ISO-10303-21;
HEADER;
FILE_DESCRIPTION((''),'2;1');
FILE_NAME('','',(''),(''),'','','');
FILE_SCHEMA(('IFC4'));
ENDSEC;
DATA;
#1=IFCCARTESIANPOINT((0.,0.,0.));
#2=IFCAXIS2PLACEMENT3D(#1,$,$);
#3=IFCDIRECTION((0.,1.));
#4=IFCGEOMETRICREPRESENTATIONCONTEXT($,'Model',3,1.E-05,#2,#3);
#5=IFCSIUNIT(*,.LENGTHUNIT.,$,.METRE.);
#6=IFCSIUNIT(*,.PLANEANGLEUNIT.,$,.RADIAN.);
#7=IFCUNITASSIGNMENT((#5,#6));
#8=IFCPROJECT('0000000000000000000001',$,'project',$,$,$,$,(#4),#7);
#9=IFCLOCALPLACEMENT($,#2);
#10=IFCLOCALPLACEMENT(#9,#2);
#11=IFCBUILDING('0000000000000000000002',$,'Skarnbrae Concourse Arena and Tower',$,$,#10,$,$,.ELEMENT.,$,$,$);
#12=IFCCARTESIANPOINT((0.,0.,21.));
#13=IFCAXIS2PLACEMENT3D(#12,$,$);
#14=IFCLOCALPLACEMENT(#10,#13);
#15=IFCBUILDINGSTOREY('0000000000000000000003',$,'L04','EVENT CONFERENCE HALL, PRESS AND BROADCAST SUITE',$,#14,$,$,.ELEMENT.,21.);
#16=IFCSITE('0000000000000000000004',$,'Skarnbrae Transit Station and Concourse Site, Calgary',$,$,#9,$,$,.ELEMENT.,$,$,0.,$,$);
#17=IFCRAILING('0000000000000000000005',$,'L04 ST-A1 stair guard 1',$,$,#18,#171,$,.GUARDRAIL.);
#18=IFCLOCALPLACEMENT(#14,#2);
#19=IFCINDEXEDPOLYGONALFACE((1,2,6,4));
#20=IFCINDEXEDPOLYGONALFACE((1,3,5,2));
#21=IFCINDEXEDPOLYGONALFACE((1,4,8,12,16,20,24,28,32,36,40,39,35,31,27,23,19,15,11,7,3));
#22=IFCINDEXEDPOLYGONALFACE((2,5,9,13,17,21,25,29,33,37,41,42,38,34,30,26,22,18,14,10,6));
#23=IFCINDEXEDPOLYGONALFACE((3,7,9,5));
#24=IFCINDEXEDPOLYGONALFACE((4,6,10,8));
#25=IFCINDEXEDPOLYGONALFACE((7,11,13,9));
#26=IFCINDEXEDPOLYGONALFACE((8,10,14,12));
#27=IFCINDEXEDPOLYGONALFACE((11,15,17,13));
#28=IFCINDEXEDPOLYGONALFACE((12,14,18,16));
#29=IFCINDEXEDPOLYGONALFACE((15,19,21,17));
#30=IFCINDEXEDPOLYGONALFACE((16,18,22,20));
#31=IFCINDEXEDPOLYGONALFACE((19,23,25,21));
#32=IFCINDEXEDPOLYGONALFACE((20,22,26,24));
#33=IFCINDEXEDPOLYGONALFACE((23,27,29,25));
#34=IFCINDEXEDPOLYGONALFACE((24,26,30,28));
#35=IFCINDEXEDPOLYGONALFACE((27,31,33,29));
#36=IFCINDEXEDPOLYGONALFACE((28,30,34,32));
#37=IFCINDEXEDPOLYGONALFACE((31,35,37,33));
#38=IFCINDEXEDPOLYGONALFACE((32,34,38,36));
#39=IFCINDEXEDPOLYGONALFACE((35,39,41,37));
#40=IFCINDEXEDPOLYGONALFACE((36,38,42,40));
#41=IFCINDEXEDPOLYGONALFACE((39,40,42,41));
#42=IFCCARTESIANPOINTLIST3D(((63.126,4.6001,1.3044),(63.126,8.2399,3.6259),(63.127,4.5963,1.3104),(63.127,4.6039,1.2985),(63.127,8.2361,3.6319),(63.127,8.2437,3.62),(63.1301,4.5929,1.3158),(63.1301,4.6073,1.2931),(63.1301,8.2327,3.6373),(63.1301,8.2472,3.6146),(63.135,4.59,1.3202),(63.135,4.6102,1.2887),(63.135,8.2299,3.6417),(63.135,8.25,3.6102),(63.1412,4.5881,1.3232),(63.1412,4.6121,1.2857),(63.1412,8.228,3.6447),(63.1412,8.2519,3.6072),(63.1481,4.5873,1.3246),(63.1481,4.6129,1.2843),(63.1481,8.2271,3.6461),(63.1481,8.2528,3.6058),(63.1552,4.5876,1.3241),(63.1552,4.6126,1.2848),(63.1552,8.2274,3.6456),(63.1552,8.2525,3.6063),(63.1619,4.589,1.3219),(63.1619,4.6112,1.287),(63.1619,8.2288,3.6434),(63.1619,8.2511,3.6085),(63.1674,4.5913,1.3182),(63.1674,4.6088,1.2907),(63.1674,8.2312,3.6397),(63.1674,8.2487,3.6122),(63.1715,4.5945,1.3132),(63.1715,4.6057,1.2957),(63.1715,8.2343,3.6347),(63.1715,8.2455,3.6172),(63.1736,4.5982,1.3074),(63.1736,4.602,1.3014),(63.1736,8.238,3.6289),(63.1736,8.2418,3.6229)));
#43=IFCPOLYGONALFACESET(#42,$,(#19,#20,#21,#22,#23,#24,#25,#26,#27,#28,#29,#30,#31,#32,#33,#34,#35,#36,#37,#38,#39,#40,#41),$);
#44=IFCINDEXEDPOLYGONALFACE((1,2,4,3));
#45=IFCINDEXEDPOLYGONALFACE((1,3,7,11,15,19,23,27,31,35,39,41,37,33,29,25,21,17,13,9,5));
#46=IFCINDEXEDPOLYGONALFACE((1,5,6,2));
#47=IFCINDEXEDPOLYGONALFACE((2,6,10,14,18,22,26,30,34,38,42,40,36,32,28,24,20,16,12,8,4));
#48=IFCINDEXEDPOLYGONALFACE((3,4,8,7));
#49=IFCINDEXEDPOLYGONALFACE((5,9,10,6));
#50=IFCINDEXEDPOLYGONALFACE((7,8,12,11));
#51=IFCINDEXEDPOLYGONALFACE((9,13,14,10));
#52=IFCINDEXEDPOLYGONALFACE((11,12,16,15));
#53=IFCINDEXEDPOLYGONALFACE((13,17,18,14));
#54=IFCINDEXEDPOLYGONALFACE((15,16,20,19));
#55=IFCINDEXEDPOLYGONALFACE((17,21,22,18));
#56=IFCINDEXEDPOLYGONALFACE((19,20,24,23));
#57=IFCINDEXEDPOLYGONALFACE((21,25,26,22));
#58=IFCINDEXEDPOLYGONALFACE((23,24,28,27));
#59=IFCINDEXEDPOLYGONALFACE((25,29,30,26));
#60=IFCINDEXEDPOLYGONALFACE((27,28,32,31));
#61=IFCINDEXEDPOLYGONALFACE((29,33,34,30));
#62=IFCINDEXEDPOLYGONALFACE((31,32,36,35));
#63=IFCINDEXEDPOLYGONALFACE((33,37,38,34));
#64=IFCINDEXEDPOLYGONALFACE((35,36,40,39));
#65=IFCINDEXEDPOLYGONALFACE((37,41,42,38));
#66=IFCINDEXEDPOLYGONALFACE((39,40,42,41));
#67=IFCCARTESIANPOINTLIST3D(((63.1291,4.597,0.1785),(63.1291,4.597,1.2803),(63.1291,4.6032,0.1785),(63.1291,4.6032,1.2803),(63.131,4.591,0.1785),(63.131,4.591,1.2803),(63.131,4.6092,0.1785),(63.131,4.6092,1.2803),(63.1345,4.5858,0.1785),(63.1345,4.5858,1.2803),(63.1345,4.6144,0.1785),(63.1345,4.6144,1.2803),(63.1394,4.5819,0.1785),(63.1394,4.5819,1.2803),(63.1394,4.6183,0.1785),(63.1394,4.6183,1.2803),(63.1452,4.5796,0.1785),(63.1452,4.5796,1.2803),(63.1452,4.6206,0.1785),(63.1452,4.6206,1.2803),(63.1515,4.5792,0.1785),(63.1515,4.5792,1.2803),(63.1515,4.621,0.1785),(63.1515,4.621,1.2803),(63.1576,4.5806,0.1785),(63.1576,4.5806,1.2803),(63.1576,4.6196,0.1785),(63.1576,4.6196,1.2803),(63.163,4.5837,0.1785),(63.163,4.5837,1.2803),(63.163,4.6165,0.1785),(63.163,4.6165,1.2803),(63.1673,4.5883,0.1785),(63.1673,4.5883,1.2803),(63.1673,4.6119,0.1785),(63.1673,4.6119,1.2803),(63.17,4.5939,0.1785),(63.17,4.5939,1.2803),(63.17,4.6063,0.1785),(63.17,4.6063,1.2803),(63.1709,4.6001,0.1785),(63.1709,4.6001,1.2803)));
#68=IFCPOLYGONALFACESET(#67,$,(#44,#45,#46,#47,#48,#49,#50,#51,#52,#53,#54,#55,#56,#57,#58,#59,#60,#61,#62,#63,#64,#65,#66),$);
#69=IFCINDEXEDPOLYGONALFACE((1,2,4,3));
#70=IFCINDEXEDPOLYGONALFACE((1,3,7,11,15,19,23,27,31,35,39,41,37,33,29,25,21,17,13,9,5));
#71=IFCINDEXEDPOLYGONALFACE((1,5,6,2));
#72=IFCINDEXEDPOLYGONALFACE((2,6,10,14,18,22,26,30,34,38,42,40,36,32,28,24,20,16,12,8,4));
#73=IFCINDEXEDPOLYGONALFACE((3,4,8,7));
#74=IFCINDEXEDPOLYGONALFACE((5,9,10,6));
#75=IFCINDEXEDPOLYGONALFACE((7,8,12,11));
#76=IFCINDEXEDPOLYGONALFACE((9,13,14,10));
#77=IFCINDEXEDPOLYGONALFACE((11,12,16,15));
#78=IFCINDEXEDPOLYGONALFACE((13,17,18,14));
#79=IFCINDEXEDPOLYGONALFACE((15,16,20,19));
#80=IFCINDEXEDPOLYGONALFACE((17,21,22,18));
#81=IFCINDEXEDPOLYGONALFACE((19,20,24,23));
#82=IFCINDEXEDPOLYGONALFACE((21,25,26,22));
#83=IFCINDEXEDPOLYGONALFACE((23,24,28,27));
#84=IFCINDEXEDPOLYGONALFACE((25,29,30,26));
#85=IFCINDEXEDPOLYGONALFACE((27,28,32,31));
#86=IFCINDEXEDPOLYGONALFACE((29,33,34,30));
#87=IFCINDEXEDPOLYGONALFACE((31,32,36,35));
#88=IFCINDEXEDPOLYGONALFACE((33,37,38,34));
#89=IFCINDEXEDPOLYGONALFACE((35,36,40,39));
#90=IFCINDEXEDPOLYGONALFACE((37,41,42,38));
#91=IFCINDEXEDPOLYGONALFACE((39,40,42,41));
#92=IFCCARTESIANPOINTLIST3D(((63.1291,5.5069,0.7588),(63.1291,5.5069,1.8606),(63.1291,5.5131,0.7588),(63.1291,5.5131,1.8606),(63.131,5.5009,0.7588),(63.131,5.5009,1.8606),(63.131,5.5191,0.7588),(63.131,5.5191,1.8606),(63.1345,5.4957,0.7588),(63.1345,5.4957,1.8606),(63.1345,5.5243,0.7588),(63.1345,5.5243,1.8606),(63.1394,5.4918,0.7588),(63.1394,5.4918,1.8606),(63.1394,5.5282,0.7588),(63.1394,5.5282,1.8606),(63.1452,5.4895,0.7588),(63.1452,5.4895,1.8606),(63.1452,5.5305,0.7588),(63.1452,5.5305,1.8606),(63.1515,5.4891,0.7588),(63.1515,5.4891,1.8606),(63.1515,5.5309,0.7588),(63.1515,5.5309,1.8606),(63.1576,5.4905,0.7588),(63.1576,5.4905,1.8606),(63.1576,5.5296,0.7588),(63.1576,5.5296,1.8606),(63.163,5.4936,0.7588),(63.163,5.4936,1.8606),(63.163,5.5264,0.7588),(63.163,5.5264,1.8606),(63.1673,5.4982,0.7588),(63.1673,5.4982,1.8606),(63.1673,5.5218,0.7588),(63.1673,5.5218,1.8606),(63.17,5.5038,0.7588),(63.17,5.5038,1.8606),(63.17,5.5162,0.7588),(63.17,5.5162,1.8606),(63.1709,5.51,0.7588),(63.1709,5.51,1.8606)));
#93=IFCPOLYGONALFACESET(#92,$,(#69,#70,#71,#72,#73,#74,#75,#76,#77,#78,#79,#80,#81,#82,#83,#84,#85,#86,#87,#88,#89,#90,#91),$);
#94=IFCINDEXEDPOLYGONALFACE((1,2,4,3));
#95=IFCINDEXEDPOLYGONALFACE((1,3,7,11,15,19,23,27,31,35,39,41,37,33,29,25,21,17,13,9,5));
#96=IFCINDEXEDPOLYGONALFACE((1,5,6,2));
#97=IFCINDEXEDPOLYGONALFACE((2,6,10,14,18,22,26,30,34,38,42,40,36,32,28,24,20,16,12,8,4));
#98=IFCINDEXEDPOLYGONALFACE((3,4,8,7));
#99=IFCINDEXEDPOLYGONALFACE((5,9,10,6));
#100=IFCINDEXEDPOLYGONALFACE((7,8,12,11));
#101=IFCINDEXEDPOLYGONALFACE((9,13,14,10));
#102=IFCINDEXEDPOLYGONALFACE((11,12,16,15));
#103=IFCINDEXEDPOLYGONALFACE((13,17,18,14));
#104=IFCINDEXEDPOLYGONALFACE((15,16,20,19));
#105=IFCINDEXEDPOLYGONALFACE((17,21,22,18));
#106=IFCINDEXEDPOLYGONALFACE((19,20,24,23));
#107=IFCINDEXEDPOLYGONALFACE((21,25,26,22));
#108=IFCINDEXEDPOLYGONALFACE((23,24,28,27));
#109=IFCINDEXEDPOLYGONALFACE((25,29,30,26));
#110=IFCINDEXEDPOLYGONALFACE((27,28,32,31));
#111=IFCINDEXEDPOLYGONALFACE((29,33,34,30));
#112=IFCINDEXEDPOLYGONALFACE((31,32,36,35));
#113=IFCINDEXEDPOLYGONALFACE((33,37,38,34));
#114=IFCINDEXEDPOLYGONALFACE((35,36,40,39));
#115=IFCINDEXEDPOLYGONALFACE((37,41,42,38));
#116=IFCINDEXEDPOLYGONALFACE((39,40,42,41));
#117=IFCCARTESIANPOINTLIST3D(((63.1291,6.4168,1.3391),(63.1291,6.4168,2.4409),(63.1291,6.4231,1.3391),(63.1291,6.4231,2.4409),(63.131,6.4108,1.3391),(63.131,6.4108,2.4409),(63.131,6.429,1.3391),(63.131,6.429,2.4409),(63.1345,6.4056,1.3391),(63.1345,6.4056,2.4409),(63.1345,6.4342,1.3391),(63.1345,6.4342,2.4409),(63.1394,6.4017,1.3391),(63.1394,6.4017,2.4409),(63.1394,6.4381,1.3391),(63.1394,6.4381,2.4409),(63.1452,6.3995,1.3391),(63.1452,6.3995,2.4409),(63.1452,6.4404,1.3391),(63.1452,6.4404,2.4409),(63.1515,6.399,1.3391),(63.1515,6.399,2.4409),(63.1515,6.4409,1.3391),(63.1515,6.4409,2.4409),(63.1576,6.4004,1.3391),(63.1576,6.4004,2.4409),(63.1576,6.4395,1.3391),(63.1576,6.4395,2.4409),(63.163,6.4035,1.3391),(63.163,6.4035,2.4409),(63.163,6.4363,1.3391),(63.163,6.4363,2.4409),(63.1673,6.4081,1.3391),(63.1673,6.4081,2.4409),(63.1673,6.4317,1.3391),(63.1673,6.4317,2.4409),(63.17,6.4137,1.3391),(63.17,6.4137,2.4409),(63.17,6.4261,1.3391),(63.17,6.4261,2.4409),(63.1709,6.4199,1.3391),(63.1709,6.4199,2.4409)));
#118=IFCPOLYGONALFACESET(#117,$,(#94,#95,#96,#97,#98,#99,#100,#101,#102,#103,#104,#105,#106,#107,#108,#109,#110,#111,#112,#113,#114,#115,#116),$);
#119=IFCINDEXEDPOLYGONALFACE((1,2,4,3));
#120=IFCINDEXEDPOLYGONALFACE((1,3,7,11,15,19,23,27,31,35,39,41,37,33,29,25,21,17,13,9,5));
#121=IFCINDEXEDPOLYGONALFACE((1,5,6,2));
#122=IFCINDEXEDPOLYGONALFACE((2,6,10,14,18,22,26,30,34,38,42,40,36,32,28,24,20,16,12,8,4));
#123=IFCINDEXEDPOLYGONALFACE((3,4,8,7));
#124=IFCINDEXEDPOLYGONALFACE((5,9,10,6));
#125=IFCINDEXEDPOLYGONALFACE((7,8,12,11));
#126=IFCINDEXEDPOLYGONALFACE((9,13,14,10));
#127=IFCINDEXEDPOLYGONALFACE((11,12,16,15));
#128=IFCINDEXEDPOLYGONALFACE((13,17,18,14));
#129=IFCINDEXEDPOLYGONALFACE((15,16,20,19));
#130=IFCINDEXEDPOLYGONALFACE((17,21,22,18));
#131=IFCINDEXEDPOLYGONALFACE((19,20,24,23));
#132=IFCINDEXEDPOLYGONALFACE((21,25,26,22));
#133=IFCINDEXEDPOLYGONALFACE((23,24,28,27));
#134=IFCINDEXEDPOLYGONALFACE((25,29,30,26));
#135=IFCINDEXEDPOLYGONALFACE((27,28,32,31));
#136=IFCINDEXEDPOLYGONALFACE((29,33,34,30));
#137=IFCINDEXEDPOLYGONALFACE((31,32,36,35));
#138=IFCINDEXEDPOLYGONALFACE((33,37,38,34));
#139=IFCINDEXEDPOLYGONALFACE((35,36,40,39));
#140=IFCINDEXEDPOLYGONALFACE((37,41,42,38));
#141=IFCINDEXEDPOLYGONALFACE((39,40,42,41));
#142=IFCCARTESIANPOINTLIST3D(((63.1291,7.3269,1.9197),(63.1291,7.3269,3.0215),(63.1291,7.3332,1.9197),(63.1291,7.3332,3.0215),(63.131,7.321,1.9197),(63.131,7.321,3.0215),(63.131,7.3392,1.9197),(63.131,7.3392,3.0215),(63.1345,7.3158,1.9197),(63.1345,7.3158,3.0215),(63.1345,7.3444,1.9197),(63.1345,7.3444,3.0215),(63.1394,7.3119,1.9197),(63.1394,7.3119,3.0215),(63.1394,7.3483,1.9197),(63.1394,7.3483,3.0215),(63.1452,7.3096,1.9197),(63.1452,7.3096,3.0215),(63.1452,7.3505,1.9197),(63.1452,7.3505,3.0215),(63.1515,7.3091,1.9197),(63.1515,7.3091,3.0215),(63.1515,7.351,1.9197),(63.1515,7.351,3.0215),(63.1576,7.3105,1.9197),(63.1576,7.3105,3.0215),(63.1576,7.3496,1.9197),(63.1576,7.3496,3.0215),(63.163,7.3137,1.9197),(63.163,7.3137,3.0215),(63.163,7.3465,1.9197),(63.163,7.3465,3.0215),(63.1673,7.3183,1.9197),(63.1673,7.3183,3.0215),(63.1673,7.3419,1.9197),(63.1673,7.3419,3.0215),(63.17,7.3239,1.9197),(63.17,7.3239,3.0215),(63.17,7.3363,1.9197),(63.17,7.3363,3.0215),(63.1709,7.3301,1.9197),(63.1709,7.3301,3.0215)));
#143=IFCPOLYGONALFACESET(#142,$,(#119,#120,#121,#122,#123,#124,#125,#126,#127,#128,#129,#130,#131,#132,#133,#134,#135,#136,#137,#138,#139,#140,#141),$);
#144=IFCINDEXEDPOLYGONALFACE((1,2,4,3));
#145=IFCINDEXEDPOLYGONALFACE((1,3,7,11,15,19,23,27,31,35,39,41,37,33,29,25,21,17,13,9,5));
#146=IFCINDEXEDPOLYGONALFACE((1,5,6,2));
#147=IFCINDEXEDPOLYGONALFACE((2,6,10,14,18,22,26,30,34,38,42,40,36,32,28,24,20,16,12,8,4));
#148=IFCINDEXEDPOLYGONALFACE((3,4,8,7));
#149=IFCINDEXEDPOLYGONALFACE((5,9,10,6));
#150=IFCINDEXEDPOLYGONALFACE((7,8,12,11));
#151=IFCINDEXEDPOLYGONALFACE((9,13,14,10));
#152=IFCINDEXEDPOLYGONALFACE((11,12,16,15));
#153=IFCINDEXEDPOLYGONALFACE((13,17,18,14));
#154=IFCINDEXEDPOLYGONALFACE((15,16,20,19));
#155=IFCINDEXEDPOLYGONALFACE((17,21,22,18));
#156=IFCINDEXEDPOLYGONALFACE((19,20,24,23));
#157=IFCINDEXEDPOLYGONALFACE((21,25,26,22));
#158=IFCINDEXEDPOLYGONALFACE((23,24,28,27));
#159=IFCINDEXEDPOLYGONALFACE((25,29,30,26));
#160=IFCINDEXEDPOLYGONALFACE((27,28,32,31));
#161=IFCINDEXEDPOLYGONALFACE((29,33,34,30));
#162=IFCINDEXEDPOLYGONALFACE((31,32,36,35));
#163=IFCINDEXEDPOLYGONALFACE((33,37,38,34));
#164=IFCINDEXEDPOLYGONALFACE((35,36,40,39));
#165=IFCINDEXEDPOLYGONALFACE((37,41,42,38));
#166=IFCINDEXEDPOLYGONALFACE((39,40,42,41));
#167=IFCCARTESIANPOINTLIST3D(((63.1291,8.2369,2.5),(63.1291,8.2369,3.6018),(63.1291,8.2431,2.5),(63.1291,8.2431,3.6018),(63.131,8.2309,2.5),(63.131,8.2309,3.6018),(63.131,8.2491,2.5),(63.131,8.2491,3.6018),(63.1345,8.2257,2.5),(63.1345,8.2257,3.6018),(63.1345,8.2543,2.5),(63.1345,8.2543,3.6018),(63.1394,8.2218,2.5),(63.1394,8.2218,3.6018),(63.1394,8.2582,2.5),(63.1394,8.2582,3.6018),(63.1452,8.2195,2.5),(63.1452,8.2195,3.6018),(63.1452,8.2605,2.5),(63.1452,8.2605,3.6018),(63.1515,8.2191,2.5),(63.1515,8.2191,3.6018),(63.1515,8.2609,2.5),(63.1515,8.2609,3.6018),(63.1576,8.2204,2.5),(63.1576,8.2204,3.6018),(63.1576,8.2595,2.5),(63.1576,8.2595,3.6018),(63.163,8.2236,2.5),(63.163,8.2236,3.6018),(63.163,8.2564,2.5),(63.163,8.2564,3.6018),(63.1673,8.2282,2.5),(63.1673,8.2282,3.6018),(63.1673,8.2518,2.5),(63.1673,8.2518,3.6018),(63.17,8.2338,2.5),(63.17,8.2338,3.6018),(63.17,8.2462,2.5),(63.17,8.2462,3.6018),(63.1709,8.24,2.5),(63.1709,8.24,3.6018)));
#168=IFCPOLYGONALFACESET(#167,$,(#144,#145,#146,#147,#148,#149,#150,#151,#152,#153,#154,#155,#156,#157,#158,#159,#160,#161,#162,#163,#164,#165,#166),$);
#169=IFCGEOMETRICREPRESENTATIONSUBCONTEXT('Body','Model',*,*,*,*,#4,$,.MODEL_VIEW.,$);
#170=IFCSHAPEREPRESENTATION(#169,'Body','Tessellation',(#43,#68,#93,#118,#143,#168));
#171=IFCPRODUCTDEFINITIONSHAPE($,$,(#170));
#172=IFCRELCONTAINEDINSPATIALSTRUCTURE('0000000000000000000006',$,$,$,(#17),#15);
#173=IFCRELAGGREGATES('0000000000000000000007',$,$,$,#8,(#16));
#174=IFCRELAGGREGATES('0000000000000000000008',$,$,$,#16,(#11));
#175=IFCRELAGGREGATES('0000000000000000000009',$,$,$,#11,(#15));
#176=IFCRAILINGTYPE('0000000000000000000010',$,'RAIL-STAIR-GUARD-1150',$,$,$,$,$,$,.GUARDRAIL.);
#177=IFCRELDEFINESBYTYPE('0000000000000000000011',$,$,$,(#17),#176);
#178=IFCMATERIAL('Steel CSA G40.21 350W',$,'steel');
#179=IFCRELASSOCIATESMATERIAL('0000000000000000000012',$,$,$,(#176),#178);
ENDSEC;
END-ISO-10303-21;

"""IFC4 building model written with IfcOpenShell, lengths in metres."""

from ifc_helpers import new_model, si_unit, direction, frame, origin, origin_2d, place, context, subcontext, project, spatial, circle, extrude, material, type_object, element, save


model = new_model("IFC4")

# Units and contexts
model_context = context("Model", 3, precision=1e-05, world=origin(), true_north=direction((0.0, 1.0)))
body_context = subcontext(model_context, "Body", "Model", "MODEL_VIEW")
ifc_project = project(units=[si_unit("LENGTHUNIT", "METRE"), si_unit("PLANEANGLEUNIT", "RADIAN")], contexts=[model_context])

# Site, building, storey
site_placement = place(None, origin())
site = spatial("IfcSite", under=ifc_project, at=site_placement, Name="Skarnbrae Transit Station and Concourse Site, Calgary", CompositionType="ELEMENT", RefElevation=0.0)
building_placement = place(site_placement, origin())
building = spatial("IfcBuilding", under=site, at=building_placement, Name="Skarnbrae Concourse Arena and Tower", CompositionType="ELEMENT")
storey_placement = place(building_placement, frame((0.0, 0.0, 21.0)))
storey = spatial("IfcBuildingStorey", under=building, at=storey_placement, Name="L04", Description="EVENT CONFERENCE HALL, PRESS AND BROADCAST SUITE", CompositionType="ELEMENT", Elevation=21.0)

# Shared definitions
ifc_material_1 = material(Name="Steel CSA G40.21 350W", Category="steel")

# Railing
railing_type_1 = type_object("IfcRailingType", Name="RAIL-STAIR-GUARD-1150", PredefinedType="GUARDRAIL", material=ifc_material_1)
railing_1_placement = place(storey_placement, frame((63.1499, 4.6001, 0.1785)))
element("IfcRailing", 1, at=railing_1_placement, inside=storey, type_object=railing_type_1, Name="L04 ST-A1 stair guard 1", PredefinedType="GUARDRAIL", context=body_context, shape_type="SweptSolid", body=[
    extrude(circle(Radius=0.0239, at=origin_2d()), frame((0.0, 0.0, 1.126), z_axis=(0.0, 0.843112, 0.537739), x_axis=(-1.0, 0.0, 0.0)), (0.0, 0.0, 1.0), 4.3171),
    extrude(circle(Radius=0.021, at=origin_2d()), origin(), (0.0, 0.0, 1.0), 1.1018),
    extrude(circle(Radius=0.021, at=origin_2d()), frame((0.0, 0.9099, 0.5803)), (0.0, 0.0, 1.0), 1.1018),
    extrude(circle(Radius=0.021, at=origin_2d()), frame((0.0, 1.8198, 1.1606)), (0.0, 0.0, 1.0), 1.1018),
    extrude(circle(Radius=0.021, at=origin_2d()), frame((0.0, 2.73, 1.7412)), (0.0, 0.0, 1.0), 1.1018),
    extrude(circle(Radius=0.021, at=origin_2d()), frame((0.0, 3.6399, 2.3215)), (0.0, 0.0, 1.0), 1.1018),
])

save(model, "model.ifc")
